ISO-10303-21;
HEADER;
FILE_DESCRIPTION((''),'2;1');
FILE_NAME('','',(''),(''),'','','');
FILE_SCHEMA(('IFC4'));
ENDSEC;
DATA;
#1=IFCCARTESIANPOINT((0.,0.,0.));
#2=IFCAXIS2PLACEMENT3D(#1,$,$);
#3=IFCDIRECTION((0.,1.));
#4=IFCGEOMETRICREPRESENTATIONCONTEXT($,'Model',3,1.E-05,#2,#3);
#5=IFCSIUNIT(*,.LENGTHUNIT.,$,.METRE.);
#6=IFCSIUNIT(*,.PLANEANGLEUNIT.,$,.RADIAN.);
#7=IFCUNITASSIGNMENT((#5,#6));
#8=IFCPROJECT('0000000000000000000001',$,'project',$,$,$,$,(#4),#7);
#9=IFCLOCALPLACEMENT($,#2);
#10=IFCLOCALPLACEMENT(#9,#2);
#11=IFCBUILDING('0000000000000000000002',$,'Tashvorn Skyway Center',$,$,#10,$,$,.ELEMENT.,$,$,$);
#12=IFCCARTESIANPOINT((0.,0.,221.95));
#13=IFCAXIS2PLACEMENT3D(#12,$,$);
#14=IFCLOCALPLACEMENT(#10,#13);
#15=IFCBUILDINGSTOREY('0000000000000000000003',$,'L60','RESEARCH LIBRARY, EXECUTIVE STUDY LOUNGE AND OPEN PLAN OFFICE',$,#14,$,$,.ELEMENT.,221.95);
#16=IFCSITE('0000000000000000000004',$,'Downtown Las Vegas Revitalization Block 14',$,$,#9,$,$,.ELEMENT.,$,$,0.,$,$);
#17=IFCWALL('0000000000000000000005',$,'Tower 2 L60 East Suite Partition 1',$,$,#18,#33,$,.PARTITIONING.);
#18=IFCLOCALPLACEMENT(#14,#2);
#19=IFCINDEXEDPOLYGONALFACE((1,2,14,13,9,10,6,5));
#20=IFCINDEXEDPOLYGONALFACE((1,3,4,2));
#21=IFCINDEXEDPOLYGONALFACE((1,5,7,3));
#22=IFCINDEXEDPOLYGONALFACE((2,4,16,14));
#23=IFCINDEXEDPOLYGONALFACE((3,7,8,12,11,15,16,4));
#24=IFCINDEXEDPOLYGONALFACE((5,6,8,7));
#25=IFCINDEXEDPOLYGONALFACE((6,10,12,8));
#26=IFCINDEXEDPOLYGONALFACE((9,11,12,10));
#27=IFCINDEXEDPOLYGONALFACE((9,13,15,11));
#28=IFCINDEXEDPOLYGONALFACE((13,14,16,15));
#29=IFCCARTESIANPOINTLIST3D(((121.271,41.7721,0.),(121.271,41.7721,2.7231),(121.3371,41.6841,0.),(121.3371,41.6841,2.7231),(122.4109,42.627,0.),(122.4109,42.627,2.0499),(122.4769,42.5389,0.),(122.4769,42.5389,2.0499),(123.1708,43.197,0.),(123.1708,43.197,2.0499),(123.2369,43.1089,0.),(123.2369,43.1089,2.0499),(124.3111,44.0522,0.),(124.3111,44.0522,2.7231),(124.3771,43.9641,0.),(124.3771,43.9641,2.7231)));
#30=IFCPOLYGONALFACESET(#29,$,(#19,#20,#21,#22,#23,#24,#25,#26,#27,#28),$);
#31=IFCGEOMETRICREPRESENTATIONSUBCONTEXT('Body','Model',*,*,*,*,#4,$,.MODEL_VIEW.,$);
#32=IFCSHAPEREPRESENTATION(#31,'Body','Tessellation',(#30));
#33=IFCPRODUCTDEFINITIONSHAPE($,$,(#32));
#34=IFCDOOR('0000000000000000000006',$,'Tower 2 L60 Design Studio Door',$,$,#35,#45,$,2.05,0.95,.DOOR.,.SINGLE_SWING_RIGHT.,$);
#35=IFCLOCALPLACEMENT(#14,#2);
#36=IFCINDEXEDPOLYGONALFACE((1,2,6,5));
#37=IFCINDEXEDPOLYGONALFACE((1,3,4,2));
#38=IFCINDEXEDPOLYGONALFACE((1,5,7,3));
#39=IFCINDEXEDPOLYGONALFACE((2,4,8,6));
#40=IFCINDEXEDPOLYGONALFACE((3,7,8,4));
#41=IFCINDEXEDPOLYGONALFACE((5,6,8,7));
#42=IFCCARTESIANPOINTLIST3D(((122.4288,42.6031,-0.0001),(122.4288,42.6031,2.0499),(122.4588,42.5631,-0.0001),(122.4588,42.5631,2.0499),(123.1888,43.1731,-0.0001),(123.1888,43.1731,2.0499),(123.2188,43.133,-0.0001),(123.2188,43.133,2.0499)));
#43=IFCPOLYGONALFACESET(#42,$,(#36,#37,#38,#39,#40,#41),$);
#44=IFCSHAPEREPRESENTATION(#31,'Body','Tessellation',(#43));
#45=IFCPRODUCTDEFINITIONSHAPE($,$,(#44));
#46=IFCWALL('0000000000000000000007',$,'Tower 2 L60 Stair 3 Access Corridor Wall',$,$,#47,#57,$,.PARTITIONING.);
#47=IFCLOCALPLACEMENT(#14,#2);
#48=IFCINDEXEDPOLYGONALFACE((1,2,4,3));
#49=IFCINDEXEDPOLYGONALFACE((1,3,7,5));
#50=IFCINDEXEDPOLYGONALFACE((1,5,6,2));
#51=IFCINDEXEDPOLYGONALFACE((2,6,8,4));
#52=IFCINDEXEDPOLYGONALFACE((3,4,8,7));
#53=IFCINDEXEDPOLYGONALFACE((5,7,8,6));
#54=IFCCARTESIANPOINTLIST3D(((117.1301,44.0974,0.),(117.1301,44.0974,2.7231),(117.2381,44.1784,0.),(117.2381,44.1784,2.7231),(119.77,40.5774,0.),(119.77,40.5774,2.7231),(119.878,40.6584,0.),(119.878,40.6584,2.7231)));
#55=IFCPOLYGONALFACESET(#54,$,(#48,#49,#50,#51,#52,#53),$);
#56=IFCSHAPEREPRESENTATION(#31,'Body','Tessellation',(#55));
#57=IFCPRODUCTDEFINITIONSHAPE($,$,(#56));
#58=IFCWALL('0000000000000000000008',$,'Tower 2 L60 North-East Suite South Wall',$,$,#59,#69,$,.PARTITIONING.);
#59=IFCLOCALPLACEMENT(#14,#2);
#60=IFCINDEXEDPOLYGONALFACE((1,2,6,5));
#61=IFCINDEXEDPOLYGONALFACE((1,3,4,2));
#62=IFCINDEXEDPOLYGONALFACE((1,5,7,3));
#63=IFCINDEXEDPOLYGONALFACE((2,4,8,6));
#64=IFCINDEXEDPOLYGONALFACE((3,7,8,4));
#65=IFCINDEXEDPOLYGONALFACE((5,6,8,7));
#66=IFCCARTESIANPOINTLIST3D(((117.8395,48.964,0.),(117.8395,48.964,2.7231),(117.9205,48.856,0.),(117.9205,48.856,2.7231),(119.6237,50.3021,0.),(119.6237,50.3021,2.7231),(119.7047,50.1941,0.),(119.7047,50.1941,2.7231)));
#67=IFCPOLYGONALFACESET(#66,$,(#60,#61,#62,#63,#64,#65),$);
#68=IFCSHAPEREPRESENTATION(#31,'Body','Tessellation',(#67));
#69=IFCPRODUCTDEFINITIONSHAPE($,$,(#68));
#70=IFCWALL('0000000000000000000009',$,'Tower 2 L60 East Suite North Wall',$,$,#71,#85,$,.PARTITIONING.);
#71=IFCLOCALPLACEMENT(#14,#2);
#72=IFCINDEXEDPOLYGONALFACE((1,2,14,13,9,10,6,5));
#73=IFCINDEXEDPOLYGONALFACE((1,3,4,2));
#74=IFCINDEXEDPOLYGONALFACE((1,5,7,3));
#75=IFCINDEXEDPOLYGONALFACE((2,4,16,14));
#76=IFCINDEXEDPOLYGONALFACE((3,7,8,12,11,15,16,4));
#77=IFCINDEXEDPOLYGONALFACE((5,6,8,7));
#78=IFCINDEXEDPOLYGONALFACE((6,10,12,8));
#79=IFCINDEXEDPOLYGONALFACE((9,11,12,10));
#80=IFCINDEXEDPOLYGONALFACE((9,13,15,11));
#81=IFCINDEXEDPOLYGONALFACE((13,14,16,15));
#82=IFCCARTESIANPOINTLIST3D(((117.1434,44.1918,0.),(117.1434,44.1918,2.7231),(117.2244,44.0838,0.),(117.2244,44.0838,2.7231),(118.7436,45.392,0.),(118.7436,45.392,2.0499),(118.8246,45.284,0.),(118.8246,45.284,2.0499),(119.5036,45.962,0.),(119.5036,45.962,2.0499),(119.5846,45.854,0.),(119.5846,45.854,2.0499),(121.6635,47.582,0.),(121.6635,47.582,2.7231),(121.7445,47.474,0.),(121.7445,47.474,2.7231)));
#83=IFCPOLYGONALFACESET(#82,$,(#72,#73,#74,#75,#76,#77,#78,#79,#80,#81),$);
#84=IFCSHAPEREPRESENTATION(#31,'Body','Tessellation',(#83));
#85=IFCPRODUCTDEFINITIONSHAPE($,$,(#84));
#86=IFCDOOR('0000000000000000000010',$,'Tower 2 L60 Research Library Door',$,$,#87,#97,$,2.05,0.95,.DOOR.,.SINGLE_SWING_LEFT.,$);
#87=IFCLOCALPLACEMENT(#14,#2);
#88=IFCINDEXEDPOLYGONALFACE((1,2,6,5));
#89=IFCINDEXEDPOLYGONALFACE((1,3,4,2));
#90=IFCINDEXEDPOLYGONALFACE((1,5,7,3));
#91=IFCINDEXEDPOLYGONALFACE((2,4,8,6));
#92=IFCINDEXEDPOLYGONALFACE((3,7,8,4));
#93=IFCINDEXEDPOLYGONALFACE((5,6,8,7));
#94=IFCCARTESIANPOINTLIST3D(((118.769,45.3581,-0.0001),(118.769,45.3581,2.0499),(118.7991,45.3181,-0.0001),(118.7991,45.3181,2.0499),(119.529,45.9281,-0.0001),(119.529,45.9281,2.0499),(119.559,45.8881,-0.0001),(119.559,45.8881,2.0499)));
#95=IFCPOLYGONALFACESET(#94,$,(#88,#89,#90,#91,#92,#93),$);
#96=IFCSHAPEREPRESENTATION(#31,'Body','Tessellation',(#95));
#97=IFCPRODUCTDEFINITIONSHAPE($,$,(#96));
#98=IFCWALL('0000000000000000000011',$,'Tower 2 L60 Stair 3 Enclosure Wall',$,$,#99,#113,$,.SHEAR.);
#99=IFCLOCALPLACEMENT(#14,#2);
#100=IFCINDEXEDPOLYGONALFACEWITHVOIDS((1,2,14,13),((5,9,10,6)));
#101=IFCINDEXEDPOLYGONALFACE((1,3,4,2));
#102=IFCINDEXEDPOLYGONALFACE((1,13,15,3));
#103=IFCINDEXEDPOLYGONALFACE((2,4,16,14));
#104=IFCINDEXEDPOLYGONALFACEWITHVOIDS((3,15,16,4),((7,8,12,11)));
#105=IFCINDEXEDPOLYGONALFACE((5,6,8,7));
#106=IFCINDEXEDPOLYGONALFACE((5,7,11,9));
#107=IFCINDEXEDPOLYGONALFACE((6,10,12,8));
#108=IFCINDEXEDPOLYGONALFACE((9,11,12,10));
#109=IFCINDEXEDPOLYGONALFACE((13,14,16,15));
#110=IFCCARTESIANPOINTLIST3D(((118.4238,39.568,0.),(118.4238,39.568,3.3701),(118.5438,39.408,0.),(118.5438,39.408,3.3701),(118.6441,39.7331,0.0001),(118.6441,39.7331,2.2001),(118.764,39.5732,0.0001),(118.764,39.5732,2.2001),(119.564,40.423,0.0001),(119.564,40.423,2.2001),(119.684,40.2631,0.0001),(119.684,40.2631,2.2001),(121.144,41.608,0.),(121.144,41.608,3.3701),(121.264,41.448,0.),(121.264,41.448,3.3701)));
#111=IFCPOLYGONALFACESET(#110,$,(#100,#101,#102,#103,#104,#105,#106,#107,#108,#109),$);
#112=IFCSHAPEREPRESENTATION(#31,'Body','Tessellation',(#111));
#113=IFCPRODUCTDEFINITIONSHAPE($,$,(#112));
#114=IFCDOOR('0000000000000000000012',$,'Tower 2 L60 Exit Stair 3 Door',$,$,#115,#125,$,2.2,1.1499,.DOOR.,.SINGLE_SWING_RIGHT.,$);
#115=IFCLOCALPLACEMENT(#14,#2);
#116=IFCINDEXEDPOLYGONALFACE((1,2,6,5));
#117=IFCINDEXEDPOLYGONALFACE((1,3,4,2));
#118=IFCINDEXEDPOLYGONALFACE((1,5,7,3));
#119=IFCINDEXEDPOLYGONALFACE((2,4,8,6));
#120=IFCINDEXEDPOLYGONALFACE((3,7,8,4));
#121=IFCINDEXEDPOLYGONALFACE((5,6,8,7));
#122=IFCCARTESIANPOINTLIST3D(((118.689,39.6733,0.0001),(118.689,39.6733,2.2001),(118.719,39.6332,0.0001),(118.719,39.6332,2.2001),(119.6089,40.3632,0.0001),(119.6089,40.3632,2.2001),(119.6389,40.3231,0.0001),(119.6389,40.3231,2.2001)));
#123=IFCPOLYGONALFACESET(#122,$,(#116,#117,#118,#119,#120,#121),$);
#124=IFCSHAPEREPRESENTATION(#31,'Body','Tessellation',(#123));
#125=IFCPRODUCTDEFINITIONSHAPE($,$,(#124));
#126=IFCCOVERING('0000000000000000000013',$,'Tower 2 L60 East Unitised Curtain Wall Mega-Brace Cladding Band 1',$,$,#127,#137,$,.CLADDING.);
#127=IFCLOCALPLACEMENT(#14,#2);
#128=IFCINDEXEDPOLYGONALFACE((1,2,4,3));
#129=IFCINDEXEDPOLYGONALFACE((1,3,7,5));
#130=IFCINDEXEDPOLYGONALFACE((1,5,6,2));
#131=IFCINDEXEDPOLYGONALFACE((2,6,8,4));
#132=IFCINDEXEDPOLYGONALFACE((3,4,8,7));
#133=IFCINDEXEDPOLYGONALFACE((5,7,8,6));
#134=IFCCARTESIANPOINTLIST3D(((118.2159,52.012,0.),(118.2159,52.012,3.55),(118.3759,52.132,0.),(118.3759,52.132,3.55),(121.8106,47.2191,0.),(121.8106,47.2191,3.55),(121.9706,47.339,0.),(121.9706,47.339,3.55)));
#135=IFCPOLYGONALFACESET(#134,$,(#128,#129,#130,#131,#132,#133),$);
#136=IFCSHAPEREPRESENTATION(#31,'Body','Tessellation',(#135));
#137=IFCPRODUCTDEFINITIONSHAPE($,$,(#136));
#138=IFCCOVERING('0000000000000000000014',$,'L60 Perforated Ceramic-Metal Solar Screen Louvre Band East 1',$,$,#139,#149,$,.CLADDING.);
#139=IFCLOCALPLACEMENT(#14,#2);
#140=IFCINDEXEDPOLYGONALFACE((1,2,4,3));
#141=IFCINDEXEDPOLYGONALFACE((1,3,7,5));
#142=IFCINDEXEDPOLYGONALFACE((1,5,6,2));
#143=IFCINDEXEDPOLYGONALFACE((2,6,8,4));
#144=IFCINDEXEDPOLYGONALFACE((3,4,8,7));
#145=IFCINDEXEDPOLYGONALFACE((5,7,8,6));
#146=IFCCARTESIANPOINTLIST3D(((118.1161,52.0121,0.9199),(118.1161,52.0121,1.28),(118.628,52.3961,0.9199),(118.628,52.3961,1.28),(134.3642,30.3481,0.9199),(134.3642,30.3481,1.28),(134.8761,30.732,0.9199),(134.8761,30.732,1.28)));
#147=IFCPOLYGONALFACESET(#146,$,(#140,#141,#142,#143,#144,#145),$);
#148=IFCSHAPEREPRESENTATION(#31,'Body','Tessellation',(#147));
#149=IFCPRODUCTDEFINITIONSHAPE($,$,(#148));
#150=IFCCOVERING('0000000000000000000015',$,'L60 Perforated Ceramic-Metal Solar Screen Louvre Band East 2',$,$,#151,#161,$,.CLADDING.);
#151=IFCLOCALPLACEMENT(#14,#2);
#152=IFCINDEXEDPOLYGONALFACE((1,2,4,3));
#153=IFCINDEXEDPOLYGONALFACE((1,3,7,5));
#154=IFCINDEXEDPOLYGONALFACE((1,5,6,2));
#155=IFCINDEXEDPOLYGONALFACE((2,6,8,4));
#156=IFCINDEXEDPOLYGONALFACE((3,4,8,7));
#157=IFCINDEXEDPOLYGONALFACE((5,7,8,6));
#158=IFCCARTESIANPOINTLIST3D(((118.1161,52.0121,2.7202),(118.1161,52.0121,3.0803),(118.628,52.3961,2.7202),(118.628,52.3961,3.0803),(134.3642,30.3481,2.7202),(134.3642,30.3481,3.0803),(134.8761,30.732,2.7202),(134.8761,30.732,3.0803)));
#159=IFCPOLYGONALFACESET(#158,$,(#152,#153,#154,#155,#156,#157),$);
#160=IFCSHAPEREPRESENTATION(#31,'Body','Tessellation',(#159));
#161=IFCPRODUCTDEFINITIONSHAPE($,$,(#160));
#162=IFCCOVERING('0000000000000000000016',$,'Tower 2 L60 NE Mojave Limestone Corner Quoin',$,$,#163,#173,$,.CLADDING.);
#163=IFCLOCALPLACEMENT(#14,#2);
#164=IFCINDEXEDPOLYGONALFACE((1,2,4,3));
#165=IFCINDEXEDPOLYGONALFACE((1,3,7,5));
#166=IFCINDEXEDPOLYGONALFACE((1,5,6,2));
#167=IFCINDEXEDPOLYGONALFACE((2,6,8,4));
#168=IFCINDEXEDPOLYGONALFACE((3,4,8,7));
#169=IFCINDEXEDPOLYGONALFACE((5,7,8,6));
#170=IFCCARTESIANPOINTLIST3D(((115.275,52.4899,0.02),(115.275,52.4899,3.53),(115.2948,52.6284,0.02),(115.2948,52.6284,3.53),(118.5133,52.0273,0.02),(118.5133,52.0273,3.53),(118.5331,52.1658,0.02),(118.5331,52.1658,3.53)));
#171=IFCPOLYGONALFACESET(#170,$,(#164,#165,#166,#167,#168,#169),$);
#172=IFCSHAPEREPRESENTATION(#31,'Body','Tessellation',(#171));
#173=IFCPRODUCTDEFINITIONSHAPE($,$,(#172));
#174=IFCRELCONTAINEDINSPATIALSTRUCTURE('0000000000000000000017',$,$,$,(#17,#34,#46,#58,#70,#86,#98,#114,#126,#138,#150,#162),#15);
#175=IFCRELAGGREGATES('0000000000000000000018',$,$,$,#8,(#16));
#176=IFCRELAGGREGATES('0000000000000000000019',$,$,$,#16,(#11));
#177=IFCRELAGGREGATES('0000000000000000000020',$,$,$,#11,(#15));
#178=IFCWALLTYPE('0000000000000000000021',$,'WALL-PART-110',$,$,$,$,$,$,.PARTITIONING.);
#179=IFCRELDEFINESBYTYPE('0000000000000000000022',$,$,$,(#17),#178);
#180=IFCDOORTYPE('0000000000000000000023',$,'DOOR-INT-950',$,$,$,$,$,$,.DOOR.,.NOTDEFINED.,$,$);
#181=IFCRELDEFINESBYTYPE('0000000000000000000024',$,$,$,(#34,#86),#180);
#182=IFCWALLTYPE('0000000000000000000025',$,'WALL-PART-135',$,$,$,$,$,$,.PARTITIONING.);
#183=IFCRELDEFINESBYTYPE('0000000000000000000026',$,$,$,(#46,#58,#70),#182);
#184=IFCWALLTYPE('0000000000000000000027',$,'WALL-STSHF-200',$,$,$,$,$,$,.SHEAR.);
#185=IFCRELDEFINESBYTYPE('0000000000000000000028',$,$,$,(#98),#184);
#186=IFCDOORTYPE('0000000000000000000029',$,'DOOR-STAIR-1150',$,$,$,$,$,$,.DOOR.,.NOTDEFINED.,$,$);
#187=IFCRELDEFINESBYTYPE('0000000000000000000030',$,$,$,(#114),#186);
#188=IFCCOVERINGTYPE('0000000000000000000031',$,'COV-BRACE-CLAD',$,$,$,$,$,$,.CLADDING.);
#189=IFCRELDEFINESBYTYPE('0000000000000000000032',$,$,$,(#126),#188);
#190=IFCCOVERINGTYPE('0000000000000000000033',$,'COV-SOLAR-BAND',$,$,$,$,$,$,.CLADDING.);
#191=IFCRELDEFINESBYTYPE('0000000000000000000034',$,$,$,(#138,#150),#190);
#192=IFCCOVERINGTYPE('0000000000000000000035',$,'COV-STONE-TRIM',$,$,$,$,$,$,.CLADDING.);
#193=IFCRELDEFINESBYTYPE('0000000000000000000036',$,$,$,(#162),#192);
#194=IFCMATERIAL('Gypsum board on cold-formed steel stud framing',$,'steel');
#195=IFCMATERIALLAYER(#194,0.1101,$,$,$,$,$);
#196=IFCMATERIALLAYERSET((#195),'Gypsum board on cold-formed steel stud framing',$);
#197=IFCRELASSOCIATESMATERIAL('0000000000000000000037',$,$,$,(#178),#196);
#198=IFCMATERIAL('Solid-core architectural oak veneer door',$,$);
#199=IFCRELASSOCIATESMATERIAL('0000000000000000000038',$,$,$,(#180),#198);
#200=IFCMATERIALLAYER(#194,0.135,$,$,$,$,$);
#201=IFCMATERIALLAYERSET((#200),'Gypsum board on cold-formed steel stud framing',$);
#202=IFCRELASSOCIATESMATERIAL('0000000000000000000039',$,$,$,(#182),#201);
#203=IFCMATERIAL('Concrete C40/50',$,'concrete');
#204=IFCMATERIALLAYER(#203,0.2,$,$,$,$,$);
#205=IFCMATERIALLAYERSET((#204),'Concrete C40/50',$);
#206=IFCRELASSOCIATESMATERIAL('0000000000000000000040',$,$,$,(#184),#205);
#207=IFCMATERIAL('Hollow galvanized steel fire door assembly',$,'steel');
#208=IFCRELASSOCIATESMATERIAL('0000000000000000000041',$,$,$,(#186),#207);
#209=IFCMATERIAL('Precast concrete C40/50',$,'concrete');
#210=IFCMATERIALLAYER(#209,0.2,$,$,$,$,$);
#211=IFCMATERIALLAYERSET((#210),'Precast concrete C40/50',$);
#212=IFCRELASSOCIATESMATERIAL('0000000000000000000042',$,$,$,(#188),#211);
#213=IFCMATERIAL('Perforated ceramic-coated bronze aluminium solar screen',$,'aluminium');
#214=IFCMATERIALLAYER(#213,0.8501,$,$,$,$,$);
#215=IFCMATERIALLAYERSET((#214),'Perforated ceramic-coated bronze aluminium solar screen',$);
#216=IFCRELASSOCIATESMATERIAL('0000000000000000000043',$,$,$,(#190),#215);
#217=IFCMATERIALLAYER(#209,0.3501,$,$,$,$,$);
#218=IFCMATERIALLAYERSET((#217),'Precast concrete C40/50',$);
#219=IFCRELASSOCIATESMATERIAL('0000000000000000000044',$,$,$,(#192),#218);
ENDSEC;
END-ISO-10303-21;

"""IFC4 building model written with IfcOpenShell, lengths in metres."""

from ifc_helpers import new_model, si_unit, direction, frame, frame_2d, origin, origin_2d, place, context, subcontext, project, spatial, rectangle, extrude, material, layer, layer_set, type_object, element, fill, save


model = new_model("IFC4")

# Units and contexts
model_context = context("Model", 3, precision=1e-05, world=origin(), true_north=direction((0.0, 1.0)))
body_context = subcontext(model_context, "Body", "Model", "MODEL_VIEW")
ifc_project = project(units=[si_unit("LENGTHUNIT", "METRE"), si_unit("PLANEANGLEUNIT", "RADIAN")], contexts=[model_context])

# Site, building, storey
site_placement = place(None, origin())
site = spatial("IfcSite", under=ifc_project, at=site_placement, Name="Downtown Las Vegas Revitalization Block 14", CompositionType="ELEMENT", RefElevation=0.0)
building_placement = place(site_placement, origin())
building = spatial("IfcBuilding", under=site, at=building_placement, Name="Tashvorn Skyway Center", CompositionType="ELEMENT")
storey_placement = place(building_placement, frame((0.0, 0.0, 221.95)))
storey = spatial("IfcBuildingStorey", under=building, at=storey_placement, Name="L60", Description="RESEARCH LIBRARY, EXECUTIVE STUDY LOUNGE AND OPEN PLAN OFFICE", CompositionType="ELEMENT", Elevation=221.95)

# Shared definitions
ifc_material_1 = material(Name="Precast concrete C40/50", Category="concrete")
ifc_material_2 = material(Name="Gypsum board on cold-formed steel stud framing", Category="steel")
ifc_layer_1 = layer(ifc_material_2, 0.1101)
ifc_layer_set_1 = layer_set([ifc_layer_1], Name="Gypsum board on cold-formed steel stud framing")
wall_type_1 = type_object("IfcWallType", Name="WALL-PART-110", PredefinedType="PARTITIONING", material=ifc_layer_set_1)

# Wall, opening, door
wall_1_placement = place(storey_placement, frame((124.344, 44.0081, 0.0), z_axis=(0.0, 0.0, 1.0), x_axis=(-0.8, -0.6, 0.0)))
wall_1 = element("IfcWall", 1, at=wall_1_placement, inside=storey, type_object=wall_type_1, Name="Tower 2 L60 East Suite Partition 1", PredefinedType="PARTITIONING", context=body_context, shape_type="SweptSolid", body=[
    extrude(rectangle(XDim=3.8, YDim=0.1101, at=frame_2d((1.8999, 0.0))), origin(), (0.0, 0.0, 1.0), 2.7231),
])
opening_1_placement = place(wall_1_placement, frame((1.425, 0.0, 0.0)))
opening_1 = element("IfcOpeningElement", 2, at=opening_1_placement, cuts=wall_1, PredefinedType="OPENING", context=body_context, shape_type="SweptSolid", body=[
    extrude(rectangle(XDim=0.95, YDim=2.05, at=frame_2d((0.4751, 1.0249))), frame((0.0, 0.0649, 0.0), z_axis=(0.0, -1.0, 0.0), x_axis=(1.0, 0.0, 0.0)), (0.0, 0.0, 1.0), 0.1301),
])
ifc_material_3 = material(Name="Solid-core architectural oak veneer door")
door_type_1 = type_object("IfcDoorType", Name="DOOR-INT-950", OperationType="NOTDEFINED", PredefinedType="DOOR", material=ifc_material_3)
door_1_placement = place(opening_1_placement, origin())
door_1 = element("IfcDoor", 3, at=door_1_placement, inside=storey, type_object=door_type_1, Name="Tower 2 L60 Design Studio Door", OperationType="SINGLE_SWING_RIGHT", OverallHeight=2.05, OverallWidth=0.95, PredefinedType="DOOR", context=body_context, shape_type="SweptSolid", body=[
    extrude(rectangle(XDim=0.95, YDim=2.05, at=frame_2d((0.4751, 1.0249))), frame((0.0, 0.0249, 0.0), z_axis=(0.0, -1.0, 0.0), x_axis=(1.0, 0.0, 0.0)), (0.0, 0.0, 1.0), 0.05),
])
fill(opening_1, door_1)

# Walls
ifc_layer_2 = layer(ifc_material_2, 0.135)
ifc_layer_set_2 = layer_set([ifc_layer_2], Name="Gypsum board on cold-formed steel stud framing")
wall_type_2 = type_object("IfcWallType", Name="WALL-PART-135", PredefinedType="PARTITIONING", material=ifc_layer_set_2)
wall_2_placement = place(storey_placement, frame((119.824, 40.6179, 0.0), z_axis=(0.0, 0.0, 1.0), x_axis=(-0.599982, 0.800013, 0.0)))
element("IfcWall", 4, at=wall_2_placement, inside=storey, type_object=wall_type_2, Name="Tower 2 L60 Stair 3 Access Corridor Wall", PredefinedType="PARTITIONING", context=body_context, shape_type="SweptSolid", body=[
    extrude(rectangle(XDim=4.3999, YDim=0.135, at=frame_2d((2.2, 0.0))), origin(), (0.0, 0.0, 1.0), 2.7231),
])
wall_3_placement = place(storey_placement, frame((117.8799, 48.9099, 0.0), z_axis=(0.0, 0.0, 1.0), x_axis=(0.8, 0.6, 0.0)))
element("IfcWall", 5, at=wall_3_placement, inside=storey, type_object=wall_type_2, Name="Tower 2 L60 North-East Suite South Wall", PredefinedType="PARTITIONING", context=body_context, shape_type="SweptSolid", body=[
    extrude(rectangle(XDim=2.2302, YDim=0.135, at=frame_2d((1.1152, 0.0))), origin(), (0.0, 0.0, 1.0), 2.7231),
])

# Walls, openings, doors
wall_4_placement = place(storey_placement, frame((121.7041, 47.5281, 0.0), z_axis=(0.0, 0.0, 1.0), x_axis=(-0.79999, -0.600014, 0.0)))
wall_4 = element("IfcWall", 6, at=wall_4_placement, inside=storey, type_object=wall_type_2, Name="Tower 2 L60 East Suite North Wall", PredefinedType="PARTITIONING", context=body_context, shape_type="SweptSolid", body=[
    extrude(rectangle(XDim=5.6501, YDim=0.135, at=frame_2d((2.8252, 0.0))), origin(), (0.0, 0.0, 1.0), 2.7231),
])
opening_2_placement = place(wall_4_placement, frame((2.7, 0.0, 0.0)))
opening_2 = element("IfcOpeningElement", 7, at=opening_2_placement, cuts=wall_4, PredefinedType="OPENING", context=body_context, shape_type="SweptSolid", body=[
    extrude(rectangle(XDim=0.95, YDim=2.05, at=frame_2d((0.4751, 1.0249))), frame((0.0, 0.0774, 0.0), z_axis=(0.0, -1.0, 0.0), x_axis=(1.0, 0.0, 0.0)), (0.0, 0.0, 1.0), 0.155),
])
door_2_placement = place(opening_2_placement, origin())
door_2 = element("IfcDoor", 8, at=door_2_placement, inside=storey, type_object=door_type_1, Name="Tower 2 L60 Research Library Door", OperationType="SINGLE_SWING_LEFT", OverallHeight=2.05, OverallWidth=0.95, PredefinedType="DOOR", context=body_context, shape_type="SweptSolid", body=[
    extrude(rectangle(XDim=0.95, YDim=2.05, at=frame_2d((0.4751, 1.0249))), frame((0.0, 0.0249, 0.0), z_axis=(0.0, -1.0, 0.0), x_axis=(1.0, 0.0, 0.0)), (0.0, 0.0, 1.0), 0.05),
])
fill(opening_2, door_2)
ifc_material_4 = material(Name="Concrete C40/50", Category="concrete")
ifc_layer_3 = layer(ifc_material_4, 0.2)
ifc_layer_set_3 = layer_set([ifc_layer_3], Name="Concrete C40/50")
wall_type_3 = type_object("IfcWallType", Name="WALL-STSHF-200", PredefinedType="SHEAR", material=ifc_layer_set_3)
wall_5_placement = place(storey_placement, frame((121.2041, 41.5281, 0.0), z_axis=(0.0, 0.0, 1.0), x_axis=(-0.800017, -0.599977, 0.0)))
wall_5 = element("IfcWall", 9, at=wall_5_placement, inside=storey, type_object=wall_type_3, Name="Tower 2 L60 Stair 3 Enclosure Wall", PredefinedType="SHEAR", context=body_context, shape_type="SweptSolid", body=[
    extrude(rectangle(XDim=3.4001, YDim=0.2, at=frame_2d((1.7002, 0.0))), origin(), (0.0, 0.0, 1.0), 3.3701),
])
opening_3_placement = place(wall_5_placement, frame((1.9751, 0.0, 0.0)))
opening_3 = element("IfcOpeningElement", 10, at=opening_3_placement, cuts=wall_5, PredefinedType="OPENING", context=body_context, shape_type="SweptSolid", body=[
    extrude(rectangle(XDim=1.1499, YDim=2.2, at=frame_2d((0.575, 1.1001))), frame((0.0, 0.1099, 0.0), z_axis=(0.0, -1.0, 0.0), x_axis=(1.0, 0.0, 0.0)), (0.0, 0.0, 1.0), 0.22),
])
ifc_material_5 = material(Name="Hollow galvanized steel fire door assembly", Category="steel")
door_type_2 = type_object("IfcDoorType", Name="DOOR-STAIR-1150", OperationType="NOTDEFINED", PredefinedType="DOOR", material=ifc_material_5)
door_3_placement = place(opening_3_placement, origin())
door_3 = element("IfcDoor", 11, at=door_3_placement, inside=storey, type_object=door_type_2, Name="Tower 2 L60 Exit Stair 3 Door", OperationType="SINGLE_SWING_RIGHT", OverallHeight=2.2, OverallWidth=1.1499, PredefinedType="DOOR", context=body_context, shape_type="SweptSolid", body=[
    extrude(rectangle(XDim=1.1499, YDim=2.2, at=frame_2d((0.575, 1.1001))), frame((0.0, 0.0249, 0.0), z_axis=(0.0, -1.0, 0.0), x_axis=(1.0, 0.0, 0.0)), (0.0, 0.0, 1.0), 0.05),
])
fill(opening_3, door_3)

# Coverings
ifc_layer_4 = layer(ifc_material_1, 0.2)
ifc_layer_set_4 = layer_set([ifc_layer_4], Name="Precast concrete C40/50")
covering_type_1 = type_object("IfcCoveringType", Name="COV-BRACE-CLAD", PredefinedType="CLADDING", material=ifc_layer_set_4)
covering_1_placement = place(storey_placement, frame((120.0933, 49.6755, 0.0), z_axis=(0.0, 0.0, 1.0), x_axis=(0.6, -0.8, 0.0)))
element("IfcCovering", 12, at=covering_1_placement, inside=storey, type_object=covering_type_1, Name="Tower 2 L60 East Unitised Curtain Wall Mega-Brace Cladding Band 1", PredefinedType="CLADDING", context=body_context, shape_type="SweptSolid", body=[
    extrude(rectangle(XDim=5.9912, YDim=0.2, at=origin_2d()), origin(), (0.0, 0.0, 1.0), 3.55),
])
ifc_material_6 = material(Name="Perforated ceramic-coated bronze aluminium solar screen", Category="aluminium")
ifc_layer_5 = layer(ifc_material_6, 0.8501)
ifc_layer_set_5 = layer_set([ifc_layer_5], Name="Perforated ceramic-coated bronze aluminium solar screen")
covering_type_2 = type_object("IfcCoveringType", Name="COV-SOLAR-BAND", PredefinedType="CLADDING", material=ifc_layer_set_5)
for number, where, z_axis, x_axis, name in (
    (13, (126.4961, 41.3721, 0.9199), (0.0, 0.0, 1.0), (0.6, -0.8, 0.0), "L60 Perforated Ceramic-Metal Solar Screen Louvre Band East 1"),
    (14, (126.4961, 41.3721, 2.7202), (0.0, 0.0, 1.0), (0.6, -0.8, 0.0), "L60 Perforated Ceramic-Metal Solar Screen Louvre Band East 2"),
):
    element("IfcCovering", number, at=place(storey_placement, frame(where, z_axis=z_axis, x_axis=x_axis)), inside=storey, type_object=covering_type_2, Name=name, PredefinedType="CLADDING", context=body_context, shape_type="SweptSolid", body=[
        extrude(rectangle(XDim=27.0801, YDim=0.6399, at=origin_2d()), origin(), (0.0, 0.0, 1.0), 0.3601),
    ])
ifc_layer_6 = layer(ifc_material_1, 0.3501)
ifc_layer_set_6 = layer_set([ifc_layer_6], Name="Precast concrete C40/50")
covering_type_3 = type_object("IfcCoveringType", Name="COV-STONE-TRIM", PredefinedType="CLADDING", material=ifc_layer_set_6)
covering_2_placement = place(storey_placement, frame((116.9041, 52.3279, 0.02), z_axis=(0.0, 0.0, 1.0), x_axis=(0.989949, -0.141421, 0.0)))
element("IfcCovering", 15, at=covering_2_placement, inside=storey, type_object=covering_type_3, Name="Tower 2 L60 NE Mojave Limestone Corner Quoin", PredefinedType="CLADDING", context=body_context, shape_type="SweptSolid", body=[
    extrude(rectangle(XDim=3.2712, YDim=0.1399, at=origin_2d()), origin(), (0.0, 0.0, 1.0), 3.51),
])

save(model, "model.ifc")
